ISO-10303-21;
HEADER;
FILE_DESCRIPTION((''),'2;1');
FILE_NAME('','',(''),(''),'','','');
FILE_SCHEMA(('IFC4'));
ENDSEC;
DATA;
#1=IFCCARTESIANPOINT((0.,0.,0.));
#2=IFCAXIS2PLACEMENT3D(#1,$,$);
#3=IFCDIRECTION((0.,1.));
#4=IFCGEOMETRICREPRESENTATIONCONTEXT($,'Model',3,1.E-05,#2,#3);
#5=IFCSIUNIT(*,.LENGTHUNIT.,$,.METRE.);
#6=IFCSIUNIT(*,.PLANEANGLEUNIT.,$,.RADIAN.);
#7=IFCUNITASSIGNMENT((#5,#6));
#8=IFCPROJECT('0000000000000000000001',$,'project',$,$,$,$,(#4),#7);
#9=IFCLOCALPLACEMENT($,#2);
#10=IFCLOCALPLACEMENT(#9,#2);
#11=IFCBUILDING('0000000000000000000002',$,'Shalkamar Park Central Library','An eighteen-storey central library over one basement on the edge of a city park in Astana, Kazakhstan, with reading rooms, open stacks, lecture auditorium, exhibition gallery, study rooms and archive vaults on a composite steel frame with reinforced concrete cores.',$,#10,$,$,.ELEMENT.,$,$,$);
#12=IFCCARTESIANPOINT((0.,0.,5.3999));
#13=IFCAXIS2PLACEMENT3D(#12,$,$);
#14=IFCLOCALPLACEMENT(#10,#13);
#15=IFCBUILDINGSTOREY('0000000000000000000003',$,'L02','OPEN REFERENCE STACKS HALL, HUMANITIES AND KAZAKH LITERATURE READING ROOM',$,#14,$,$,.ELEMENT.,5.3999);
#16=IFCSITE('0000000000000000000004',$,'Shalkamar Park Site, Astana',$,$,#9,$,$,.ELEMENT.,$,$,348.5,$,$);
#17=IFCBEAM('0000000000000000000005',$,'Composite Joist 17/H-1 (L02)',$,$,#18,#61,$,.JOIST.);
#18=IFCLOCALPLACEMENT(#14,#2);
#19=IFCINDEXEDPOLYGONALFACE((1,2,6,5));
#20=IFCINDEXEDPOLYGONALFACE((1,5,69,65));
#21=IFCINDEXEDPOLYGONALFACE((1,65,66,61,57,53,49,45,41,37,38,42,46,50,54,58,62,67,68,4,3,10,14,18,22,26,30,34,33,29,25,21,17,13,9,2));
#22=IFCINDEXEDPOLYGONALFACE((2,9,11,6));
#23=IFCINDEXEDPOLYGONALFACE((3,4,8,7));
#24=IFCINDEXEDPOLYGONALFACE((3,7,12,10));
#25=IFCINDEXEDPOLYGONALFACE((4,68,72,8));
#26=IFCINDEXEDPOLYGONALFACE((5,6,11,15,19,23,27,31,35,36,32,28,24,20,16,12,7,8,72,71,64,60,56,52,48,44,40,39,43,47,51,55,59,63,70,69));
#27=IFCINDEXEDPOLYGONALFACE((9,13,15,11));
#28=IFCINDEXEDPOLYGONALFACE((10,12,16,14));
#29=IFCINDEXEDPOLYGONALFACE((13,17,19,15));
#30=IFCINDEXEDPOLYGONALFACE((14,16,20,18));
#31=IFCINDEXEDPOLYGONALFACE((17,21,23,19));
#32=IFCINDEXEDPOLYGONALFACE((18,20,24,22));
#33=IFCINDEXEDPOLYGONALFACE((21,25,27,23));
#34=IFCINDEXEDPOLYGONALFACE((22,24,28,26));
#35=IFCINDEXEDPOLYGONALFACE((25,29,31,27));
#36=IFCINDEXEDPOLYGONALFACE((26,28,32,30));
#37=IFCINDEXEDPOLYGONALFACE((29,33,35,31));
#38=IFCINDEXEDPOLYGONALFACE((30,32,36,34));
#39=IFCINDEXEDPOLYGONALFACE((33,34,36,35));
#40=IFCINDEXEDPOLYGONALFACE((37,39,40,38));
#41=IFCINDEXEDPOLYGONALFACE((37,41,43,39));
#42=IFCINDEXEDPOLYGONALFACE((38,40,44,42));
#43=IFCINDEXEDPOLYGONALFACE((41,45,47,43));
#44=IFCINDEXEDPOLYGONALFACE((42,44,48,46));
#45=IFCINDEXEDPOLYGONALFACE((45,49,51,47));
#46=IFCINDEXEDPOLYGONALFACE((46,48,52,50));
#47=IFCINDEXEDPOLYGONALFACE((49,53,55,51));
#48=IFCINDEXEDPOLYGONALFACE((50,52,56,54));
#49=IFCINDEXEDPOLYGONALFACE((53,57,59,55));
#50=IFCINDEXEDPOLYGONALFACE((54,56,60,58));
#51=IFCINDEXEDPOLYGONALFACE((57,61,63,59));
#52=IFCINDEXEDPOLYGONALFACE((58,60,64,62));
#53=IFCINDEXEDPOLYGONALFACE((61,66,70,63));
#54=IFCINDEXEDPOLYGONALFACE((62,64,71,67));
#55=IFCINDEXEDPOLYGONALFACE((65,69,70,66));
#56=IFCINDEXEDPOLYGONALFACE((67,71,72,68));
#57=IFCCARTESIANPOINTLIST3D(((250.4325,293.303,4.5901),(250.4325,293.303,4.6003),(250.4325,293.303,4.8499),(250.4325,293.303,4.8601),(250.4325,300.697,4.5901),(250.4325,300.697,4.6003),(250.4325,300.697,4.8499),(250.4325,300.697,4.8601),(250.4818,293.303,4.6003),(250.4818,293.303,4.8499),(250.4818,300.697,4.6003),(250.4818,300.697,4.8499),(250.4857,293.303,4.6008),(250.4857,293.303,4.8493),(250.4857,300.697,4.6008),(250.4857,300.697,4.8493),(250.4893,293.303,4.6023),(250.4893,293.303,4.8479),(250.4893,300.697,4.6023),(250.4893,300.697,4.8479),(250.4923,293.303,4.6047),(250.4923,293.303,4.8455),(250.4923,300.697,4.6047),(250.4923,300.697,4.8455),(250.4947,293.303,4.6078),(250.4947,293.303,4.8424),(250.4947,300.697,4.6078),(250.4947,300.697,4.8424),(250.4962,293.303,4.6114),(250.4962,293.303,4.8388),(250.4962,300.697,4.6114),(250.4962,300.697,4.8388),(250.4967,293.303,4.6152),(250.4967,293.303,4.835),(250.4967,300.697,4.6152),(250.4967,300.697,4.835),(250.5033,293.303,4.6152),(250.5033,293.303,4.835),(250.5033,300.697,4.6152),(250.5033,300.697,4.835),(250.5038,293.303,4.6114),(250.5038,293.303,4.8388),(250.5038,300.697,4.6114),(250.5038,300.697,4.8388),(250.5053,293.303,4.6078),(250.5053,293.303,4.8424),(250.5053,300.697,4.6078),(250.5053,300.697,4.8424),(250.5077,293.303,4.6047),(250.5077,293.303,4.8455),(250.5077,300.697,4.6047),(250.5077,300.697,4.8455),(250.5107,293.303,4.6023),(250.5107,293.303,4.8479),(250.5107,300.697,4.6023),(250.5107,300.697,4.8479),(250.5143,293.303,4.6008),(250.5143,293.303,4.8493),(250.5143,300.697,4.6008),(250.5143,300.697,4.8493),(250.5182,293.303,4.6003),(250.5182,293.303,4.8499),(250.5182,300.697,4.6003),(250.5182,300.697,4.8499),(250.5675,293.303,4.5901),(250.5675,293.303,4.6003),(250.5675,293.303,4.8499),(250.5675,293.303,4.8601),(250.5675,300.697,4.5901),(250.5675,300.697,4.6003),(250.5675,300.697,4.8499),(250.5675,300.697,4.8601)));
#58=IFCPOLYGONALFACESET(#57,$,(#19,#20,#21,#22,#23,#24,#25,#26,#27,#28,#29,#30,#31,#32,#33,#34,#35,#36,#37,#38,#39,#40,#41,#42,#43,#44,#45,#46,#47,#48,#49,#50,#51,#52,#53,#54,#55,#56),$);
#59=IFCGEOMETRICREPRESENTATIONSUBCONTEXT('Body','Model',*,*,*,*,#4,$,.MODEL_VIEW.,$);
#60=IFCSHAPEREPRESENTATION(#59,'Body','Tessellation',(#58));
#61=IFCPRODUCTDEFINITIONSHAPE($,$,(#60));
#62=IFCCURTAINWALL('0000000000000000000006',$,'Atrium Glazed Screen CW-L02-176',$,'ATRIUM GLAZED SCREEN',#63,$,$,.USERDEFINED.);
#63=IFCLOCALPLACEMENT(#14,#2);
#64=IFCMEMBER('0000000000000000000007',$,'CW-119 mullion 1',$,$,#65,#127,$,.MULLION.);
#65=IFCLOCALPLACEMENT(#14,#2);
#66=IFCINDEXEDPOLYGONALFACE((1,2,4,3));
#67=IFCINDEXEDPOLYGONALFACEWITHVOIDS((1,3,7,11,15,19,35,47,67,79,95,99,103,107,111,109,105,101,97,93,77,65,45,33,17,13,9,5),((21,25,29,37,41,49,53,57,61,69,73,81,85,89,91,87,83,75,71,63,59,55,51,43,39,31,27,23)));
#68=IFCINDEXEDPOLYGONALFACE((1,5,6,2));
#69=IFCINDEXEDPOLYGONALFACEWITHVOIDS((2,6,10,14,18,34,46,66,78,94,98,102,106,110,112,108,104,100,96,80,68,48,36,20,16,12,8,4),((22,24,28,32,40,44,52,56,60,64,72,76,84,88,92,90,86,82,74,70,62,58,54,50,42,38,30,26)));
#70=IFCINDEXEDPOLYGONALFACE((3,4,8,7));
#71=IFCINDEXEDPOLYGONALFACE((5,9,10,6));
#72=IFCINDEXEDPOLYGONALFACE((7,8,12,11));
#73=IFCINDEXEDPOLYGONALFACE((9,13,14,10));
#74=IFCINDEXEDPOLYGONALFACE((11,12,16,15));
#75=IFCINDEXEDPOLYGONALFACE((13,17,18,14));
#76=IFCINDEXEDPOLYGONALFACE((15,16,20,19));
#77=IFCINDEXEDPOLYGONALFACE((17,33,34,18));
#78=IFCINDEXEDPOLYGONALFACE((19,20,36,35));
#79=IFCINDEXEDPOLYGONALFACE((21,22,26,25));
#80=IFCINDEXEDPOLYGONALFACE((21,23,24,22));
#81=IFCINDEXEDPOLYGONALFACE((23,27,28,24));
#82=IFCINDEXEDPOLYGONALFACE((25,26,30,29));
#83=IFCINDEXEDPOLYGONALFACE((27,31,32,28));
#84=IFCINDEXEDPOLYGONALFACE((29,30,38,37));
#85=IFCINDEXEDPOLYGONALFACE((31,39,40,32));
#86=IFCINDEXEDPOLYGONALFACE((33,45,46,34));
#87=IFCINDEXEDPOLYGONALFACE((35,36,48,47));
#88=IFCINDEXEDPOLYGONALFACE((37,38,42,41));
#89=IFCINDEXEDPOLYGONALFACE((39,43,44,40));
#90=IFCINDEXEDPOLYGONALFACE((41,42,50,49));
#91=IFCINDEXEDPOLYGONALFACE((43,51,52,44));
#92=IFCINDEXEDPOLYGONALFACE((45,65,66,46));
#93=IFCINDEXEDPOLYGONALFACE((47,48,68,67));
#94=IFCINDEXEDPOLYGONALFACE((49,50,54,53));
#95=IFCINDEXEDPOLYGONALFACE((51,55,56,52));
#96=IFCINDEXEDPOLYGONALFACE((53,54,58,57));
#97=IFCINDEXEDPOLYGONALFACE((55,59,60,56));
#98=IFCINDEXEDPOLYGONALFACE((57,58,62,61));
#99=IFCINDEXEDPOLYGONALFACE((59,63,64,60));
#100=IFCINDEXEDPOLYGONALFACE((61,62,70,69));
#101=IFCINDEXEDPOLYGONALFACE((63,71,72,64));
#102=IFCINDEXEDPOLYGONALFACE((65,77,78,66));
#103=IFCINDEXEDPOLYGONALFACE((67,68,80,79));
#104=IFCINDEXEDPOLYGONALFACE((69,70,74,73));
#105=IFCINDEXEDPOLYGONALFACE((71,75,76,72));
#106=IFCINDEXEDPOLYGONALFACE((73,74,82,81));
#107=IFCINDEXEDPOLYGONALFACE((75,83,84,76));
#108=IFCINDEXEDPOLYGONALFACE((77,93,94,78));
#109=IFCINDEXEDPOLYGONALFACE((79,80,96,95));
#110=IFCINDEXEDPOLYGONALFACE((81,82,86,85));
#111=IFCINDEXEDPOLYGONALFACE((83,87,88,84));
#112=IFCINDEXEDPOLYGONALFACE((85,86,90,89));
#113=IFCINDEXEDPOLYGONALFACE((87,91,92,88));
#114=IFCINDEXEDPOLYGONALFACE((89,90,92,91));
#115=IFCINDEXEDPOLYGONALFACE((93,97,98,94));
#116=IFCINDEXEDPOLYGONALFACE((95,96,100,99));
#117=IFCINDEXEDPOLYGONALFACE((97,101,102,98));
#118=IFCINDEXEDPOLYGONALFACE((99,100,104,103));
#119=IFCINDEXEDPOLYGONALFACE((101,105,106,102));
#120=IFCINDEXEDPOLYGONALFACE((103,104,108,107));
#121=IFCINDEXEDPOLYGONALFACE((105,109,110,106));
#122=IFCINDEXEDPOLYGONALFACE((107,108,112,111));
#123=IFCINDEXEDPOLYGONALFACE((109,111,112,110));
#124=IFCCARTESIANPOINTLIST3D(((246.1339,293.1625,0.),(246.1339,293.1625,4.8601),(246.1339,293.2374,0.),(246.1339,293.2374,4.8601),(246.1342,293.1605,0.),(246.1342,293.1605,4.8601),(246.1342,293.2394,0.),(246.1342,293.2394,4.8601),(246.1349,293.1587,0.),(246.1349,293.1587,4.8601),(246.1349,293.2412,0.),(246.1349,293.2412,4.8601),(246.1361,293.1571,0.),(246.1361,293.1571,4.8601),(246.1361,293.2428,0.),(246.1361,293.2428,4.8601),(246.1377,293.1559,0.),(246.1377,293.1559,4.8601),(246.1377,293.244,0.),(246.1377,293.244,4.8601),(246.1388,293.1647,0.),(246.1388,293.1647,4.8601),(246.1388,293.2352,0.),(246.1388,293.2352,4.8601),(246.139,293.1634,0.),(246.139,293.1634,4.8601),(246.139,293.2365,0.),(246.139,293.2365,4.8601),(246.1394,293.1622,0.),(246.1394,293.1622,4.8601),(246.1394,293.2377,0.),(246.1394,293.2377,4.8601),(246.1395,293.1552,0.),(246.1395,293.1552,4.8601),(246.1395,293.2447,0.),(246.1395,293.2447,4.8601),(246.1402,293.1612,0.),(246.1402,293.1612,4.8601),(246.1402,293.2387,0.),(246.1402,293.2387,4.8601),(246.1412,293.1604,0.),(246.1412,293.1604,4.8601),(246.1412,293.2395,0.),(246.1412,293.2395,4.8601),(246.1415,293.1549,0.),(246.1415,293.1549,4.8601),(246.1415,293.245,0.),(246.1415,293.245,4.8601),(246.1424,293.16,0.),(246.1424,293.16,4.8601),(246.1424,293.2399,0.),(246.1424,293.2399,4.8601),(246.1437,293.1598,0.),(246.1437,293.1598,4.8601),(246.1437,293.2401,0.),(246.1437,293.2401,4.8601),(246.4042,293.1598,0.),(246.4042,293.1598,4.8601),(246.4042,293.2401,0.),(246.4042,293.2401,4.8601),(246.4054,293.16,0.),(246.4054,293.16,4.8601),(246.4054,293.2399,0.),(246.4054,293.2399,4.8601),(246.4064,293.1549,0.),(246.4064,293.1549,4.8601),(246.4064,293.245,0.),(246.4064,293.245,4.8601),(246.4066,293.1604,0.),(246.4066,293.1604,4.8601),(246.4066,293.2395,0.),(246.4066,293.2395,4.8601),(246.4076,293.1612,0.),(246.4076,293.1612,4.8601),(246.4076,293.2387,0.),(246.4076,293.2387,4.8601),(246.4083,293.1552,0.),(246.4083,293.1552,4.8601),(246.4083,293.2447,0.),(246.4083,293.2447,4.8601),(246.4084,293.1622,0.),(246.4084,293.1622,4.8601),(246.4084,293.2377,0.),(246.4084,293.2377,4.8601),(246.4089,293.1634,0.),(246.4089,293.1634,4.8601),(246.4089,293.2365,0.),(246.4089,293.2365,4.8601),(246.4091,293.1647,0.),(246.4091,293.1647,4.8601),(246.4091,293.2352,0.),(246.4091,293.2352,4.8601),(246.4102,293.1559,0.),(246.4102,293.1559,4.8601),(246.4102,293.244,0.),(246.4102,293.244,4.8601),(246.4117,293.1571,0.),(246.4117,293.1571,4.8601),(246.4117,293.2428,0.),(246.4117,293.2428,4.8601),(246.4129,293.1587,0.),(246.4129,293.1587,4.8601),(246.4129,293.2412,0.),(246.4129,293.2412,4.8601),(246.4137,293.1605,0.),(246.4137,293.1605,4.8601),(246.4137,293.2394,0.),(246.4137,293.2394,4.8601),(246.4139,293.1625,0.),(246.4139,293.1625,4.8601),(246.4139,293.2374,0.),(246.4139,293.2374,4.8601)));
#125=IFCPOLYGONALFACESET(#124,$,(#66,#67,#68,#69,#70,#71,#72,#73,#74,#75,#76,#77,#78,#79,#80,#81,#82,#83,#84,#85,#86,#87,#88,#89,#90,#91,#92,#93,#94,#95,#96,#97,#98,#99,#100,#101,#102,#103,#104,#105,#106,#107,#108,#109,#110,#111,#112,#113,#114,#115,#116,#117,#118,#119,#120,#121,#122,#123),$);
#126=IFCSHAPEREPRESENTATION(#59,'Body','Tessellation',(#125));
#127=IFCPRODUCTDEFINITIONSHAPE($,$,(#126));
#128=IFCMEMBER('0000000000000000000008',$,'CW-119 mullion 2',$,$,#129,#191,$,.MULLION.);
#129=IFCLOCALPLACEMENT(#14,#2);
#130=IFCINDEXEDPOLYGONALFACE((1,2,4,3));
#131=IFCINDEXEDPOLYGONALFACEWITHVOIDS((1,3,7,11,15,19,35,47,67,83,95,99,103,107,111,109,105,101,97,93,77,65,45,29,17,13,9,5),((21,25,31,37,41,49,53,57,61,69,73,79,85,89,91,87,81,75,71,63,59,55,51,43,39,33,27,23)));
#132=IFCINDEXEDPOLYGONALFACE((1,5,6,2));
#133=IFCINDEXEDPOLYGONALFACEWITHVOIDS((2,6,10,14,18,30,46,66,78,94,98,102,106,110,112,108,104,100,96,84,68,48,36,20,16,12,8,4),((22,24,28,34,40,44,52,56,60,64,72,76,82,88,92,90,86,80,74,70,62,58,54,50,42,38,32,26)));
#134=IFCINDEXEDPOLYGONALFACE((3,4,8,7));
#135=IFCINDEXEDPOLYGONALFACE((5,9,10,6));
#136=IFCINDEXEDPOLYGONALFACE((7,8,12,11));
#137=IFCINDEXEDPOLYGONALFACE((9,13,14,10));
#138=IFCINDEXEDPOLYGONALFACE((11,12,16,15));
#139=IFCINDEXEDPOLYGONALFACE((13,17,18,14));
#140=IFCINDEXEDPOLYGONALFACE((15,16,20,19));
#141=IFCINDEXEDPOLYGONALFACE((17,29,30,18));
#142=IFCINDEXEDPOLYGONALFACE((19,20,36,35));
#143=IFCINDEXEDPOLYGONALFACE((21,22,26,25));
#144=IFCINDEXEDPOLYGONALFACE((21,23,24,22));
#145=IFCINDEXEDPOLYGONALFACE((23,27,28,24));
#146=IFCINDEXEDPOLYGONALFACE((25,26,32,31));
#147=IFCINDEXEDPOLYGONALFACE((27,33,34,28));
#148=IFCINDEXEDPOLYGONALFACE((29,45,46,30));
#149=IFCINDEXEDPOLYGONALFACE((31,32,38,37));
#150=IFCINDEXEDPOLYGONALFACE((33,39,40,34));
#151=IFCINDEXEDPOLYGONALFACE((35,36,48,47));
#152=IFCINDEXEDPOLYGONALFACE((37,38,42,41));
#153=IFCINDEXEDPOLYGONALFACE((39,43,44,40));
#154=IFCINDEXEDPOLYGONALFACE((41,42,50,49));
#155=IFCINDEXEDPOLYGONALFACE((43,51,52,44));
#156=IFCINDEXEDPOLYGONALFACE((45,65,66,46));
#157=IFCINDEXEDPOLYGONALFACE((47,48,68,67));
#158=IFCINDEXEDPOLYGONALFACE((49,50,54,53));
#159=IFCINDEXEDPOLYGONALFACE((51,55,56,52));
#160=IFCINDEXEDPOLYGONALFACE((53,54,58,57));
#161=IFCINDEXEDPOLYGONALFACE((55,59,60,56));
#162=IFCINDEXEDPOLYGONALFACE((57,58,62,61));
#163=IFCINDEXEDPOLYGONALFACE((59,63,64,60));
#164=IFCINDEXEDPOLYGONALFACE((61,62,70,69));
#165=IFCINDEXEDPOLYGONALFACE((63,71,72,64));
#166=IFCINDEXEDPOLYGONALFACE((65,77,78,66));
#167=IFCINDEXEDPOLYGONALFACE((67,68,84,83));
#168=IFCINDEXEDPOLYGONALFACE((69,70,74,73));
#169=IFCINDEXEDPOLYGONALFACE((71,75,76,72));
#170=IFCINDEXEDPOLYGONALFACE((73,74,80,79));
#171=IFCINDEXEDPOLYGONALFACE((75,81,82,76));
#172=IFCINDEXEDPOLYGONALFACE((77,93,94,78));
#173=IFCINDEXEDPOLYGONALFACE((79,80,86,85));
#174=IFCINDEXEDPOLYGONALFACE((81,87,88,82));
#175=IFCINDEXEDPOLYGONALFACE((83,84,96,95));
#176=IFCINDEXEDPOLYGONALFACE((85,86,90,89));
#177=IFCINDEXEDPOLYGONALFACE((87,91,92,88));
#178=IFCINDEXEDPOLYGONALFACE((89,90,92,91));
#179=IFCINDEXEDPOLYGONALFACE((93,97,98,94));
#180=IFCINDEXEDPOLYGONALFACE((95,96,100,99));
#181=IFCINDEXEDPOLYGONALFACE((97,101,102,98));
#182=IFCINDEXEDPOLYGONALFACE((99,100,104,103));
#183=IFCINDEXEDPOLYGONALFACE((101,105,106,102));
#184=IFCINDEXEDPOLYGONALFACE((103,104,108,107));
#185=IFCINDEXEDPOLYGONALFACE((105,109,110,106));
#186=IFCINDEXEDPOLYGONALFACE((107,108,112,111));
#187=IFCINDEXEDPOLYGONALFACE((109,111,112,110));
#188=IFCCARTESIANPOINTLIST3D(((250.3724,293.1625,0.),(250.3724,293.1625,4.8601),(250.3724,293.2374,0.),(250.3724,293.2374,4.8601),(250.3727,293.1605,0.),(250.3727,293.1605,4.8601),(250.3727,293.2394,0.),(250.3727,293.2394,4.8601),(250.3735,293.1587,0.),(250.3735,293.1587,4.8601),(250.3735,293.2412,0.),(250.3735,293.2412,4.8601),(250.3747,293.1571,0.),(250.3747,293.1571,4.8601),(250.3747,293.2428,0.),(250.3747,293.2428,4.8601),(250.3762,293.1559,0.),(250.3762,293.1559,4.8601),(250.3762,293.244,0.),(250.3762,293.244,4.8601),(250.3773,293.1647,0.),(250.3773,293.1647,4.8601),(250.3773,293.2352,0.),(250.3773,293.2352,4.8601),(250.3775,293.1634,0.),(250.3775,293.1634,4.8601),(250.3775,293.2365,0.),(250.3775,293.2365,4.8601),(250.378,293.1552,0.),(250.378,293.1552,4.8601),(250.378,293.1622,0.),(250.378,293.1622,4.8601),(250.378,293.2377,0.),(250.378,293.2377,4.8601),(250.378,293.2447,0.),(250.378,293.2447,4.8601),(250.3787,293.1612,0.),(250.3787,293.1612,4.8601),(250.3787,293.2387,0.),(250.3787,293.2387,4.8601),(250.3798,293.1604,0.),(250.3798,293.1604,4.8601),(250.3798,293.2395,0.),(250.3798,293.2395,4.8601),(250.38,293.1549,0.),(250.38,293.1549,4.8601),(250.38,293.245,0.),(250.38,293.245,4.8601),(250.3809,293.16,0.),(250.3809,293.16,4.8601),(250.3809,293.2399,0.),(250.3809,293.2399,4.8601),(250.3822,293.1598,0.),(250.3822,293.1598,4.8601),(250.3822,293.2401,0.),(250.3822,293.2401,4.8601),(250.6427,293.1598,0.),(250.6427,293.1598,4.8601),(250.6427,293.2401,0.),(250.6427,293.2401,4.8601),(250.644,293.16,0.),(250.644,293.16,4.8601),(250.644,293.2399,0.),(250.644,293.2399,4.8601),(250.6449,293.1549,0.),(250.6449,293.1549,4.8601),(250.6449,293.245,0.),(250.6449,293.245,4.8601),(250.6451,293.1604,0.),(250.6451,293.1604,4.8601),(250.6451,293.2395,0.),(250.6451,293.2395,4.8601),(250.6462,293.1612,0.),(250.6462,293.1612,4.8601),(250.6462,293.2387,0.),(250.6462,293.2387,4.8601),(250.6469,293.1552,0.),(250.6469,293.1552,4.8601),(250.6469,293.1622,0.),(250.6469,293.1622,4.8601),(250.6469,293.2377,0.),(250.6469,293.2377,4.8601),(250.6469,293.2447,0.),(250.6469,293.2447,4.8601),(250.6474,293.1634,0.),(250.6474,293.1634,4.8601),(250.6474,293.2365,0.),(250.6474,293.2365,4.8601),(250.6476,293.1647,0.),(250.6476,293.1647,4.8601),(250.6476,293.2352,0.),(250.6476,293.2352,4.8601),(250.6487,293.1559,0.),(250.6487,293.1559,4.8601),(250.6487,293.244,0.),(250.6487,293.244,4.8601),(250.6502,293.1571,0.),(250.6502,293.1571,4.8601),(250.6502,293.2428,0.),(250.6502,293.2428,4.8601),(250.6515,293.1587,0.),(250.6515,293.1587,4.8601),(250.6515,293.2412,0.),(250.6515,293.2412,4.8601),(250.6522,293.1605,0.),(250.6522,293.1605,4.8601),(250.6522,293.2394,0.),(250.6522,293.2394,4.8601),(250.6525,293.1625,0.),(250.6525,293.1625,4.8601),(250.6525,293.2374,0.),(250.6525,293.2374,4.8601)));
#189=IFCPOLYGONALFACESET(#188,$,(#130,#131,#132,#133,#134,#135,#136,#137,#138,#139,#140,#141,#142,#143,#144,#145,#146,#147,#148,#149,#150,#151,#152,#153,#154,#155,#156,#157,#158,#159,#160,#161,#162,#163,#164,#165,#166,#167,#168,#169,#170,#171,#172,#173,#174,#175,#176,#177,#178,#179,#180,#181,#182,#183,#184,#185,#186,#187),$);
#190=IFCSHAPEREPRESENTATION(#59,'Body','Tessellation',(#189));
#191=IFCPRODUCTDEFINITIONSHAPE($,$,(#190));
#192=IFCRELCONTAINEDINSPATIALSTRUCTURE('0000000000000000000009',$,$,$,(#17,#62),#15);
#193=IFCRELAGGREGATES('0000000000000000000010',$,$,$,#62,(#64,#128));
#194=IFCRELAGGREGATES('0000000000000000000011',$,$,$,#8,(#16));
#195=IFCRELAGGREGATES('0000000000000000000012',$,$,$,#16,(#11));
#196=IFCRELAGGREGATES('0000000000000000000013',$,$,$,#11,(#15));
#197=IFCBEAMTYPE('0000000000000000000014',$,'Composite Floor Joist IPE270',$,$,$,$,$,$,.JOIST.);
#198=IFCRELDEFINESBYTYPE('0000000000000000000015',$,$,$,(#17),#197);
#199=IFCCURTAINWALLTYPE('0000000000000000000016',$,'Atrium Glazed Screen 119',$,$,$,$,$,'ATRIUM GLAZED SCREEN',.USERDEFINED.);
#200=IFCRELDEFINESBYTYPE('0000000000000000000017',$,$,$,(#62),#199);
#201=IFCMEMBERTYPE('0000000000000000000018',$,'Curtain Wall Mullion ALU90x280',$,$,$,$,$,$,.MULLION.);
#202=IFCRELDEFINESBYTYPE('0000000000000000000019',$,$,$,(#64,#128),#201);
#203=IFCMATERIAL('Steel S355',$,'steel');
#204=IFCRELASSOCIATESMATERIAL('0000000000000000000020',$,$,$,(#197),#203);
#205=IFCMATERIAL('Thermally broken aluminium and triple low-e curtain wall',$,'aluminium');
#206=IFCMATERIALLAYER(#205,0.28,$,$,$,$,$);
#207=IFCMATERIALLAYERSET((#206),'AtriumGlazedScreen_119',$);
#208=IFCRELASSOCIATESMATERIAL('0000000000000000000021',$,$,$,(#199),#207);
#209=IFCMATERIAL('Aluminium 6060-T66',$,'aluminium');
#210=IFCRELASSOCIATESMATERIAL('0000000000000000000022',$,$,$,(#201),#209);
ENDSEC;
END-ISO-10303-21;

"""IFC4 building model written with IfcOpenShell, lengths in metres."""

from ifc_helpers import new_model, si_unit, direction, frame, origin, origin_2d, place, context, subcontext, project, spatial, hollow_rectangle, i_section, extrude, material, layer, layer_set, material_profile, profile_set, type_object, element, aggregate, save


model = new_model("IFC4")

# Units and contexts
model_context = context("Model", 3, precision=1e-05, world=origin(), true_north=direction((0.0, 1.0)))
body_context = subcontext(model_context, "Body", "Model", "MODEL_VIEW")
ifc_project = project(units=[si_unit("LENGTHUNIT", "METRE"), si_unit("PLANEANGLEUNIT", "RADIAN")], contexts=[model_context])

# Site, building, storey
site_placement = place(None, origin())
site = spatial("IfcSite", under=ifc_project, at=site_placement, Name="Shalkamar Park Site, Astana", CompositionType="ELEMENT", RefElevation=348.5)
building_placement = place(site_placement, origin())
building = spatial("IfcBuilding", under=site, at=building_placement, Name="Shalkamar Park Central Library", Description="An eighteen-storey central library over one basement on the edge of a city park in Astana, Kazakhstan, with reading rooms, open stacks, lecture auditorium, exhibition gallery, study rooms and archive vaults on a composite steel frame with reinforced concrete cores.", CompositionType="ELEMENT")
storey_placement = place(building_placement, frame((0.0, 0.0, 5.3999)))
storey = spatial("IfcBuildingStorey", under=building, at=storey_placement, Name="L02", Description="OPEN REFERENCE STACKS HALL, HUMANITIES AND KAZAKH LITERATURE READING ROOM", CompositionType="ELEMENT", Elevation=5.3999)

# Shared definitions
ifc_material_1 = material(Name="Steel S355", Category="steel")

# Beam
ifc_material_profile_1 = material_profile(ifc_material_1, i_section(OverallWidth=0.135, OverallDepth=0.27, WebThickness=0.0066, FlangeThickness=0.0103, FilletRadius=0.0149, at=origin_2d()), Name="IPE 270")
ifc_profile_set_1 = profile_set([ifc_material_profile_1], Name="Steel S355")
beam_type_1 = type_object("IfcBeamType", Name="Composite Floor Joist IPE270", PredefinedType="JOIST", material=ifc_profile_set_1)
for number, where, z_axis, x_axis, name in (
    (1, (250.5, 293.303, 4.7251), (0.0, 1.0, 0.0), (-1.0, 0.0, 0.0), "Composite Joist 17/H-1 (L02)"),
):
    element("IfcBeam", number, at=place(storey_placement, frame(where, z_axis=z_axis, x_axis=x_axis)), inside=storey, type_object=beam_type_1, Name=name, PredefinedType="JOIST", context=body_context, shape_type="SweptSolid", body=[
        extrude(i_section(OverallWidth=0.135, OverallDepth=0.27, WebThickness=0.0066, FlangeThickness=0.0103, FilletRadius=0.0149, at=origin_2d()), origin(), (0.0, 0.0, 1.0), 7.394),
    ])

# Curtain wall, members
ifc_material_2 = material(Name="Thermally broken aluminium and triple low-e curtain wall", Category="aluminium")
ifc_layer_1 = layer(ifc_material_2, 0.28)
ifc_layer_set_1 = layer_set([ifc_layer_1], Name="AtriumGlazedScreen_119")
curtain_wall_type = type_object("IfcCurtainWallType", Name="Atrium Glazed Screen 119", ElementType="ATRIUM GLAZED SCREEN", PredefinedType="USERDEFINED", material=ifc_layer_set_1)
curtain_wall_placement = place(storey_placement, origin())
curtain_wall = element("IfcCurtainWall", 2, at=curtain_wall_placement, inside=storey, type_object=curtain_wall_type, Name="Atrium Glazed Screen CW-L02-176", ObjectType="ATRIUM GLAZED SCREEN", PredefinedType="USERDEFINED")
ifc_material_3 = material(Name="Aluminium 6060-T66", Category="aluminium")
ifc_material_profile_2 = material_profile(ifc_material_3, hollow_rectangle(XDim=0.0901, YDim=0.28, WallThickness=0.0049, InnerFilletRadius=0.0049, OuterFilletRadius=0.0076, at=origin_2d()), Name="ALU 90x280x5")
ifc_profile_set_2 = profile_set([ifc_material_profile_2], Name="Aluminium 6060-T66")
member_type_1 = type_object("IfcMemberType", Name="Curtain Wall Mullion ALU90x280", PredefinedType="MULLION", material=ifc_profile_set_2)
member_1_placement = place(storey_placement, frame((246.2739, 293.2, 0.0), z_axis=(0.0, 0.0, 1.0), x_axis=(0.0, 1.0, 0.0)))
member_1 = element("IfcMember", 3, at=member_1_placement, type_object=member_type_1, Name="CW-119 mullion 1", PredefinedType="MULLION", context=body_context, shape_type="SweptSolid", body=[
    extrude(hollow_rectangle(XDim=0.0901, YDim=0.28, WallThickness=0.0049, InnerFilletRadius=0.0049, OuterFilletRadius=0.0076, at=origin_2d()), origin(), (0.0, 0.0, 1.0), 4.8601),
])
member_2_placement = place(storey_placement, frame((250.5125, 293.2, 0.0), z_axis=(0.0, 0.0, 1.0), x_axis=(0.0, 1.0, 0.0)))
member_2 = element("IfcMember", 4, at=member_2_placement, type_object=member_type_1, Name="CW-119 mullion 2", PredefinedType="MULLION", context=body_context, shape_type="SweptSolid", body=[
    extrude(hollow_rectangle(XDim=0.0901, YDim=0.28, WallThickness=0.0049, InnerFilletRadius=0.0049, OuterFilletRadius=0.0076, at=origin_2d()), origin(), (0.0, 0.0, 1.0), 4.8601),
])

aggregate(curtain_wall, [member_1, member_2])

save(model, "model.ifc")
